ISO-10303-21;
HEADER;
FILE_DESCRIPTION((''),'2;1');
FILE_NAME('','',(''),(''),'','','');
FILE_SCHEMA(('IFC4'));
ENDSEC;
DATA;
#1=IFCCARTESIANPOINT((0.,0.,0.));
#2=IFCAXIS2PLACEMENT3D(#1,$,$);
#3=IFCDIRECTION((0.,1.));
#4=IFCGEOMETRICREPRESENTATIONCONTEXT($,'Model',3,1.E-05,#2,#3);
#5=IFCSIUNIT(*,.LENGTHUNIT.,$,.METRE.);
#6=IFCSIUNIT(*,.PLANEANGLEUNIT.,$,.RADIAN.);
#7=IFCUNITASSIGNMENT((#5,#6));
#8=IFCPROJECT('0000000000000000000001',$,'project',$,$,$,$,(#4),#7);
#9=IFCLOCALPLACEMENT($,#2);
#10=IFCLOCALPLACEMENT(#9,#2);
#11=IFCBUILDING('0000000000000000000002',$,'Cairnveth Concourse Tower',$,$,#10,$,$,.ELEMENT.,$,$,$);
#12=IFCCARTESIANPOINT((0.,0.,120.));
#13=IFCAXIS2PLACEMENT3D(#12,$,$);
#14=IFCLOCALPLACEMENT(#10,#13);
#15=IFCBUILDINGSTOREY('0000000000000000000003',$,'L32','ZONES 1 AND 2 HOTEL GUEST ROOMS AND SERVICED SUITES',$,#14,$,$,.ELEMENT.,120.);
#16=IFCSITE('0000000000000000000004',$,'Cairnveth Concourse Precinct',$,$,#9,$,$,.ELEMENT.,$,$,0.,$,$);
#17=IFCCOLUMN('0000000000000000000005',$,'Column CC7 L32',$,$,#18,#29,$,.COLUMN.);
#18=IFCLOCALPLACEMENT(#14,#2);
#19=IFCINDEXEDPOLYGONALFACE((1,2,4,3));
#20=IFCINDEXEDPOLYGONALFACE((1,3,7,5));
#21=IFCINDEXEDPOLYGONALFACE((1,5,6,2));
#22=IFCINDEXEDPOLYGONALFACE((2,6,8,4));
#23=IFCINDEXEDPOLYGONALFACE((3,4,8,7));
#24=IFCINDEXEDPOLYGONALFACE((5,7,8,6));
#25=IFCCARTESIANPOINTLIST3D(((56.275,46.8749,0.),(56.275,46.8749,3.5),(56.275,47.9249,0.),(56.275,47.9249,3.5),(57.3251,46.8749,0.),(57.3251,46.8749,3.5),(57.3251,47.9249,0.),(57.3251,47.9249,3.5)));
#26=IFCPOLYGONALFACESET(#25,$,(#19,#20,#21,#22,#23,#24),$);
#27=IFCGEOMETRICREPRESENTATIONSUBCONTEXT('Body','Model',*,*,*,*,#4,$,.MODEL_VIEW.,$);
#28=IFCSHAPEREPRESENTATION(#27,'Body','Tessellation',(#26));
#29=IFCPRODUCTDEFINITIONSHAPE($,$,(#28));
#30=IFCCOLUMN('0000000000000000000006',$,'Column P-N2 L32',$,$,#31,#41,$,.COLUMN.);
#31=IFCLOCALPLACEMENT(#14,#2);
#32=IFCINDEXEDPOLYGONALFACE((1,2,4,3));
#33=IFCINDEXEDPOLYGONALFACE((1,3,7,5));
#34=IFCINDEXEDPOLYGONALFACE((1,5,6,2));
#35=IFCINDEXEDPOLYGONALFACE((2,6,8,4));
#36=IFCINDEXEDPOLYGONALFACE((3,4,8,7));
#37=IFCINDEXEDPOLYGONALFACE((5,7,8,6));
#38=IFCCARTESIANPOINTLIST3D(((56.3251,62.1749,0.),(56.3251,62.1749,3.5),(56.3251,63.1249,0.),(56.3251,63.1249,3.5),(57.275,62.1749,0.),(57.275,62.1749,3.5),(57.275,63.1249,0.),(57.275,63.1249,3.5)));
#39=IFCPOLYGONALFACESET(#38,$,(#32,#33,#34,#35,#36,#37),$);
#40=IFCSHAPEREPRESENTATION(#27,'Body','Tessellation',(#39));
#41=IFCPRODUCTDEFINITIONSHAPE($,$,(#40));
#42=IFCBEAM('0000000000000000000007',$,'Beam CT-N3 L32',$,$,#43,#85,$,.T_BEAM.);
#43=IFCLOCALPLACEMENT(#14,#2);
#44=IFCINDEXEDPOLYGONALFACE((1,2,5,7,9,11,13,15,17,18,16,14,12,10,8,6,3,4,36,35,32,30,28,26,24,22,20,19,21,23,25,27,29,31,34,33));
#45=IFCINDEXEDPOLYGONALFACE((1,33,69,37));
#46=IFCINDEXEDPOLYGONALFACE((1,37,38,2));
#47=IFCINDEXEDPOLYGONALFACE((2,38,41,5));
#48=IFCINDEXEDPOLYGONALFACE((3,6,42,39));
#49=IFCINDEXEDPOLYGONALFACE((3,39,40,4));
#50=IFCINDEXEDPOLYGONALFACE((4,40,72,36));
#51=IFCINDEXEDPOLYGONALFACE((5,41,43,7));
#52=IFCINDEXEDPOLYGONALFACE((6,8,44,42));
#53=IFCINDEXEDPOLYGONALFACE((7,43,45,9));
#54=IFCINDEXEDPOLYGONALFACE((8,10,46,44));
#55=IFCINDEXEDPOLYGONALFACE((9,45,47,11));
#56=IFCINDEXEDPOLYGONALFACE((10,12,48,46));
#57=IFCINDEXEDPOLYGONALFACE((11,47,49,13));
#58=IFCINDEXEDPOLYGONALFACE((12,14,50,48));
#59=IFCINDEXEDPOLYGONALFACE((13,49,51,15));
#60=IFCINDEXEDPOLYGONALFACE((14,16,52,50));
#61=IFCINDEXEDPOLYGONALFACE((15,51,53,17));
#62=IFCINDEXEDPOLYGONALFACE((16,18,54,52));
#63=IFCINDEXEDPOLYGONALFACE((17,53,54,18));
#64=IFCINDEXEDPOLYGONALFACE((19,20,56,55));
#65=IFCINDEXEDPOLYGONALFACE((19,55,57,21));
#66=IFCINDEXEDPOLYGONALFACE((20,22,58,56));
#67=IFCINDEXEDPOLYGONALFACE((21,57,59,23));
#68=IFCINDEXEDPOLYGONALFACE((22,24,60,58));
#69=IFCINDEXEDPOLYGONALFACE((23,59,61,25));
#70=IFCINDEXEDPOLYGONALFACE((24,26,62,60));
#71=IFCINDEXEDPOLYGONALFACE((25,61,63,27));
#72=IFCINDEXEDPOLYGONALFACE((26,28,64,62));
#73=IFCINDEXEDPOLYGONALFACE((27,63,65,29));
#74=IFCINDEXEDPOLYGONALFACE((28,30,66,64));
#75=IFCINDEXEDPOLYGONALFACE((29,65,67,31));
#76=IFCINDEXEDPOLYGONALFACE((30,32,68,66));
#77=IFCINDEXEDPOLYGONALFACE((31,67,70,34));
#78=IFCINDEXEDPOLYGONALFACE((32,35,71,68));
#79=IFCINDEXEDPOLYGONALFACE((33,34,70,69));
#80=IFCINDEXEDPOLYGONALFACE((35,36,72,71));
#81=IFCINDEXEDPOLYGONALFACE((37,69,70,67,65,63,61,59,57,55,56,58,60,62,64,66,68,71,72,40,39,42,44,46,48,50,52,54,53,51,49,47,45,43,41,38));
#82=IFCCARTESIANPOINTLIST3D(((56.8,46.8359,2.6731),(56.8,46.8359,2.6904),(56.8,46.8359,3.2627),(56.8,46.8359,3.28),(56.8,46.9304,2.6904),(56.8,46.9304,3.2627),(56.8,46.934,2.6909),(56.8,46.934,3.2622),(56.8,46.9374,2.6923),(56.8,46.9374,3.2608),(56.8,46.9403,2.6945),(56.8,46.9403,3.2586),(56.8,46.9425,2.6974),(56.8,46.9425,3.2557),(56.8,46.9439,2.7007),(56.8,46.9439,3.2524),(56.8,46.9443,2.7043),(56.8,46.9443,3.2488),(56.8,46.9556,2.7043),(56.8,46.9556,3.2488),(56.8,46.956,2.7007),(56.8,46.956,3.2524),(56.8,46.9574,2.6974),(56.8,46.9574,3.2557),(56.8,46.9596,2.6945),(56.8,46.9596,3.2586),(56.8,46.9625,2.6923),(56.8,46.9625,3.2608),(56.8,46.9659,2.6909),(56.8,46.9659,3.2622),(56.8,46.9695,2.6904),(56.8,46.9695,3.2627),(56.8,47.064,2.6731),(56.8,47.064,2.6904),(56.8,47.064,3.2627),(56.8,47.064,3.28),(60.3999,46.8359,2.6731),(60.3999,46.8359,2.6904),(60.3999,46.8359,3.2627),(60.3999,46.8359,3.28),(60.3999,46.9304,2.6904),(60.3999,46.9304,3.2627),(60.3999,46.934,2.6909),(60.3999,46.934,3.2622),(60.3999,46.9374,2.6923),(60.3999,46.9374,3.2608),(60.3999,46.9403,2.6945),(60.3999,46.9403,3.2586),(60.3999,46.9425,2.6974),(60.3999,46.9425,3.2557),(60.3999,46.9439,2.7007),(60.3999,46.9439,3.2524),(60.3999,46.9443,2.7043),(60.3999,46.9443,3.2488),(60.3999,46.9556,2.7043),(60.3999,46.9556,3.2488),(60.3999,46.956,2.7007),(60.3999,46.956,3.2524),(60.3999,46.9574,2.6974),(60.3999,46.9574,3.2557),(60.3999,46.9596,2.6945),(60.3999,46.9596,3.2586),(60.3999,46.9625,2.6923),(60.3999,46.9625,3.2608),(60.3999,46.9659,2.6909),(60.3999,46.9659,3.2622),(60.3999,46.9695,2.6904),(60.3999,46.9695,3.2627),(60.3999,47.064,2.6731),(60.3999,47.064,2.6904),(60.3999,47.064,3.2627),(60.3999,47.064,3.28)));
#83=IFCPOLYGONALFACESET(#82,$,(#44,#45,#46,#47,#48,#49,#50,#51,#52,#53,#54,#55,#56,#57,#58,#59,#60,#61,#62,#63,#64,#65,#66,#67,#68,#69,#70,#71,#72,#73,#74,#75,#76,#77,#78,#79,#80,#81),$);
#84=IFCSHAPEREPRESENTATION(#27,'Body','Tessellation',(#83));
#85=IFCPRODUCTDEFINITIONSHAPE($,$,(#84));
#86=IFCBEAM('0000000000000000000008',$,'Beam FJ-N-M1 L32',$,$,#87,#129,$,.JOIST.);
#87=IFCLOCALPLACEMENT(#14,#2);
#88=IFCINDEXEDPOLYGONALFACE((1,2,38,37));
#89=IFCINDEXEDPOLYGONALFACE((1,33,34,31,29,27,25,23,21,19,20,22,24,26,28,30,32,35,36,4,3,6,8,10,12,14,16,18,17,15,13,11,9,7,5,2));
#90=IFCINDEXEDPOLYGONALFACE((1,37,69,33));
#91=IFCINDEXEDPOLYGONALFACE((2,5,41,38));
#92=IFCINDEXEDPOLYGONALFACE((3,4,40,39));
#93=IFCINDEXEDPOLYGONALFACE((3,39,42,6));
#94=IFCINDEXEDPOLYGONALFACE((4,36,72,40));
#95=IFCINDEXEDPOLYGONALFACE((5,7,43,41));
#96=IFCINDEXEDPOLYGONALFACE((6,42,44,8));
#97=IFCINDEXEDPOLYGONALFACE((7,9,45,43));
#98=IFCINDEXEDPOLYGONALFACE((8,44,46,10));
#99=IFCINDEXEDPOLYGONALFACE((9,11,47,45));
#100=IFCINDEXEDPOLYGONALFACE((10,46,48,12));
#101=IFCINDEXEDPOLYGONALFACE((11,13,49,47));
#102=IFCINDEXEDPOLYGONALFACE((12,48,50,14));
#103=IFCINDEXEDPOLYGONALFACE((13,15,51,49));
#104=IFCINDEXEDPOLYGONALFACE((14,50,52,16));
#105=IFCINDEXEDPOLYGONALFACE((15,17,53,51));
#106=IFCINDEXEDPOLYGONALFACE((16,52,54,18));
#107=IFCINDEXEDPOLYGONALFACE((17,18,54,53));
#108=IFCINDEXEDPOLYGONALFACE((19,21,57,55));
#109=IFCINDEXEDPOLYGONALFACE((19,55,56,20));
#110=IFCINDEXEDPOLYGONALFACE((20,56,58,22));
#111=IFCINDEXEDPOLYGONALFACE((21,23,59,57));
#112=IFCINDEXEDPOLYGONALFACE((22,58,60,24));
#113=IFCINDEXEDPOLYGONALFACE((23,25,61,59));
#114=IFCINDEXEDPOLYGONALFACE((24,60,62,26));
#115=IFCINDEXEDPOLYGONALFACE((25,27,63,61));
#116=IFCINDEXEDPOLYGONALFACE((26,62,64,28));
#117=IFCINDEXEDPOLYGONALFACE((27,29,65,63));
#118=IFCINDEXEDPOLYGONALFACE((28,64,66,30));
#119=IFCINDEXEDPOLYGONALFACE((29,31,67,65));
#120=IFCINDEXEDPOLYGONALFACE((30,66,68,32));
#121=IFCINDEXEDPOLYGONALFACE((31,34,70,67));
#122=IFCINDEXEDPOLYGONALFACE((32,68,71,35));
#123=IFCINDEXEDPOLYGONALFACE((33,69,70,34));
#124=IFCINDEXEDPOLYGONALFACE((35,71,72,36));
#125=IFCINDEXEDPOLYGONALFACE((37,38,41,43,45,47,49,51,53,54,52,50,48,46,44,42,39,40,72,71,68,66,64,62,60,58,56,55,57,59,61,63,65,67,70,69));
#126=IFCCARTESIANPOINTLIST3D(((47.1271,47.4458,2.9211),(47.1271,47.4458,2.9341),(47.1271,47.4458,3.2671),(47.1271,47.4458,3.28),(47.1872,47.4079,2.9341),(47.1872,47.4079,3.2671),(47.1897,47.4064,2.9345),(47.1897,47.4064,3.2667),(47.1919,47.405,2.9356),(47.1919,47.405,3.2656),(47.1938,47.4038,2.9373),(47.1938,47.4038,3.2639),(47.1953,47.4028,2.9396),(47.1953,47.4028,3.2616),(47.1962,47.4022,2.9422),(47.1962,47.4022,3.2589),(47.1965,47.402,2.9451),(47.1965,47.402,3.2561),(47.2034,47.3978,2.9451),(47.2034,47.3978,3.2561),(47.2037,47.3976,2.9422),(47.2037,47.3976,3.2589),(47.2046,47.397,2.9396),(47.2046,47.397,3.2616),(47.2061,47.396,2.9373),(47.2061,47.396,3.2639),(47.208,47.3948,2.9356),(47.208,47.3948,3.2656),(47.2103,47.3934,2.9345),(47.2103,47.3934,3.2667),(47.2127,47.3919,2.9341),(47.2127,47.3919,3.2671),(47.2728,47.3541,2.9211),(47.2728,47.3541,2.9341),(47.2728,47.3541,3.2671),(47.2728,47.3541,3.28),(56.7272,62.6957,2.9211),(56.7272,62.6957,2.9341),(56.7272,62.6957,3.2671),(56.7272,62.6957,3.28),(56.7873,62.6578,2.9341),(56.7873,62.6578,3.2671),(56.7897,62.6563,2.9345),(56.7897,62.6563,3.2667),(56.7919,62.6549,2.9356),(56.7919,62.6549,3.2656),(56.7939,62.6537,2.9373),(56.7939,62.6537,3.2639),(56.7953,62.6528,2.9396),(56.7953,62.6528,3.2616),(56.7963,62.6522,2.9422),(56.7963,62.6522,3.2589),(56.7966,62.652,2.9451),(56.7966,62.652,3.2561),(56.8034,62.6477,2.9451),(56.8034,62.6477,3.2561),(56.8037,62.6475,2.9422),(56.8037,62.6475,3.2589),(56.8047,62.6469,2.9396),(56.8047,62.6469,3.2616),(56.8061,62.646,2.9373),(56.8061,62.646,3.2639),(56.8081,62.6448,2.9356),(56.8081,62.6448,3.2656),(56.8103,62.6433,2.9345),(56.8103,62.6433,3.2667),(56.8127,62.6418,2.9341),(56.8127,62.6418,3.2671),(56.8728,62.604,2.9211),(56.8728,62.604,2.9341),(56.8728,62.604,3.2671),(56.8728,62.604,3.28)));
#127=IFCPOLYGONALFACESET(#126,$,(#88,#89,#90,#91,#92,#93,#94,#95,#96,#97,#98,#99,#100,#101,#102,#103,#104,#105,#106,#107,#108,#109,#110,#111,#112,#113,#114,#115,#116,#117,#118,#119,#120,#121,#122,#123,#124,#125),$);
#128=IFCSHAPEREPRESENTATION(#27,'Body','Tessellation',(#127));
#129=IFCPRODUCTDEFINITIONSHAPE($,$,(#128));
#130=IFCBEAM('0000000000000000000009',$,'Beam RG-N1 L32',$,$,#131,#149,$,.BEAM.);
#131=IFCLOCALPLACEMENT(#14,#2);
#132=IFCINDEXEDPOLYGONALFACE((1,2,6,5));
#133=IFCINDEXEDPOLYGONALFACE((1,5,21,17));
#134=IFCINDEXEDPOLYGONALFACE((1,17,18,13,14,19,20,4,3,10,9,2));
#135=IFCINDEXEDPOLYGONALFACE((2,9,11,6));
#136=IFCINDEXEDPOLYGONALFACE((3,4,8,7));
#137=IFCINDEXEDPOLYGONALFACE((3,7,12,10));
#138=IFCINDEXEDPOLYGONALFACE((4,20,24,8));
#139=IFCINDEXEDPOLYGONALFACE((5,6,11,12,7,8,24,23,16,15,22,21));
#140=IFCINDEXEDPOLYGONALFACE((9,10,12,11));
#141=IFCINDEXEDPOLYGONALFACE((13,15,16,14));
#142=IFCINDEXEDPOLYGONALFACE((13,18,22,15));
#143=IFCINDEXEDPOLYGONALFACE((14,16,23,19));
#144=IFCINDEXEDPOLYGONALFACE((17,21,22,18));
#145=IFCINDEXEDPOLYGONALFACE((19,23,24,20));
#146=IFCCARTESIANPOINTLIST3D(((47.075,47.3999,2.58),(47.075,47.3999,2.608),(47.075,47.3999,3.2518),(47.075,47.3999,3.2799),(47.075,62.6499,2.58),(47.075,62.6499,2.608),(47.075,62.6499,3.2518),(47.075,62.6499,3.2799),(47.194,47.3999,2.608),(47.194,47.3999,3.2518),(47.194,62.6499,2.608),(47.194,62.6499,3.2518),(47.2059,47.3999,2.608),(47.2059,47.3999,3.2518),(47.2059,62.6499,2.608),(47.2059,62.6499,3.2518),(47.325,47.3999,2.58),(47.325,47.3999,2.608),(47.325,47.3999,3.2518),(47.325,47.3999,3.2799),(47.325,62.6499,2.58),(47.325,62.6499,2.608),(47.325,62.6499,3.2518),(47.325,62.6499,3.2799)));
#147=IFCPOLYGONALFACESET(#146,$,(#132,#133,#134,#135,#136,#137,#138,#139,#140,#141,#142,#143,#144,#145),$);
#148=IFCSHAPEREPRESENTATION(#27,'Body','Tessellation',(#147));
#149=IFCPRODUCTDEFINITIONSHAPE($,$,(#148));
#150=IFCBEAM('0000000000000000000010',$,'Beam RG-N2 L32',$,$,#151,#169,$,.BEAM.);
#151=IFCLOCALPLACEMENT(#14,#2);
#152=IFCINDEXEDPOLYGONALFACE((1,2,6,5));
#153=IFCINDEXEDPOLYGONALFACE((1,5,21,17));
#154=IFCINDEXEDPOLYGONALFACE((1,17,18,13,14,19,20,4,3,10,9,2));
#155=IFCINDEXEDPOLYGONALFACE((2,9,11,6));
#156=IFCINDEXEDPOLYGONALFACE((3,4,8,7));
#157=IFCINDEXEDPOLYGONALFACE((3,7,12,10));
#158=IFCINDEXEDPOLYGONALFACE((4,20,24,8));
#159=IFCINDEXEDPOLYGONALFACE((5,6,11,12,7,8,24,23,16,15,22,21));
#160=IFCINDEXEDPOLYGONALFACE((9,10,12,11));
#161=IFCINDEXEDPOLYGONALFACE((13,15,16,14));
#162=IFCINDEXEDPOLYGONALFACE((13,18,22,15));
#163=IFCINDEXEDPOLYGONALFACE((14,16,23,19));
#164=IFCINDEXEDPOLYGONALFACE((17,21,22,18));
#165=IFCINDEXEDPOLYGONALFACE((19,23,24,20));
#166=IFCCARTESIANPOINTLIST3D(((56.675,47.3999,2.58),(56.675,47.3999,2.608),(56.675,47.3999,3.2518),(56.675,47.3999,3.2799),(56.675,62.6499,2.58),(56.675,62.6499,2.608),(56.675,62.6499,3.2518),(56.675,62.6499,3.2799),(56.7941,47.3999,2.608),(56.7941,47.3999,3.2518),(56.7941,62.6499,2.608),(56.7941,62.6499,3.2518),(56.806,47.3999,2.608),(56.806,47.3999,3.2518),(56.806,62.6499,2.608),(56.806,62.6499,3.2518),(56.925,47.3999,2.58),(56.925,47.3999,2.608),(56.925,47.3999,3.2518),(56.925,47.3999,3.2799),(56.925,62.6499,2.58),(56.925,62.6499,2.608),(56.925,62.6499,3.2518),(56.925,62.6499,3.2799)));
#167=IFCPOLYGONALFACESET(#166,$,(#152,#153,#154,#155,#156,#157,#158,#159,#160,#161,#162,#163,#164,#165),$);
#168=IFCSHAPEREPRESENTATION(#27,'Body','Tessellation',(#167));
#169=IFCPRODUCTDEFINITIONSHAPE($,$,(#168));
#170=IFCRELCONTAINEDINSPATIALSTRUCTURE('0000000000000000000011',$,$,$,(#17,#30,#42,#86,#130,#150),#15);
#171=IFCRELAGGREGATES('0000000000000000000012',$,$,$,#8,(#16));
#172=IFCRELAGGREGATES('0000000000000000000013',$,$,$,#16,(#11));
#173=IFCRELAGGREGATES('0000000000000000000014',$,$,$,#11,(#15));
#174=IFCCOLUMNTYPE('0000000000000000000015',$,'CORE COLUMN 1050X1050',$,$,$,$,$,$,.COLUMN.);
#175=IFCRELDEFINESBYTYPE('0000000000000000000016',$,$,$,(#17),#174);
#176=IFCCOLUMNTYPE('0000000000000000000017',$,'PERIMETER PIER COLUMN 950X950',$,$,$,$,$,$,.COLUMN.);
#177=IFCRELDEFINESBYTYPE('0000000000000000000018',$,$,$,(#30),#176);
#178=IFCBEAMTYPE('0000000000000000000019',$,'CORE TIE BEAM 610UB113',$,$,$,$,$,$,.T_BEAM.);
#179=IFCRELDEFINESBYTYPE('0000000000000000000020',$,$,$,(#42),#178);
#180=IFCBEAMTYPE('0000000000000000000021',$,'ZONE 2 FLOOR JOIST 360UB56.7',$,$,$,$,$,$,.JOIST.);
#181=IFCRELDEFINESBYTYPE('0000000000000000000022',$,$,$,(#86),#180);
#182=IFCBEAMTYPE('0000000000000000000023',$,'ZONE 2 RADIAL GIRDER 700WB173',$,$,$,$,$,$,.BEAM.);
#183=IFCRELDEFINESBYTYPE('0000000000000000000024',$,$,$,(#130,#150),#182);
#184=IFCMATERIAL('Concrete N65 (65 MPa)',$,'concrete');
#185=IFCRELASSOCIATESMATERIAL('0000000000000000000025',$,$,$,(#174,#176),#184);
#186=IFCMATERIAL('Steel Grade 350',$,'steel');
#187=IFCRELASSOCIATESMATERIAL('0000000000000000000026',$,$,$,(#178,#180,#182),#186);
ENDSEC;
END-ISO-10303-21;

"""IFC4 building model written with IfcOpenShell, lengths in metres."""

from ifc_helpers import new_model, si_unit, direction, frame, origin, origin_2d, place, context, subcontext, project, spatial, rectangle, i_section, extrude, material, material_profile, profile_set, type_object, element, save


model = new_model("IFC4")

# Units and contexts
model_context = context("Model", 3, precision=1e-05, world=origin(), true_north=direction((0.0, 1.0)))
body_context = subcontext(model_context, "Body", "Model", "MODEL_VIEW")
ifc_project = project(units=[si_unit("LENGTHUNIT", "METRE"), si_unit("PLANEANGLEUNIT", "RADIAN")], contexts=[model_context])

# Site, building, storey
site_placement = place(None, origin())
site = spatial("IfcSite", under=ifc_project, at=site_placement, Name="Cairnveth Concourse Precinct", CompositionType="ELEMENT", RefElevation=0.0)
building_placement = place(site_placement, origin())
building = spatial("IfcBuilding", under=site, at=building_placement, Name="Cairnveth Concourse Tower", CompositionType="ELEMENT")
storey_placement = place(building_placement, frame((0.0, 0.0, 120.0)))
storey = spatial("IfcBuildingStorey", under=building, at=storey_placement, Name="L32", Description="ZONES 1 AND 2 HOTEL GUEST ROOMS AND SERVICED SUITES", CompositionType="ELEMENT", Elevation=120.0)

# Columns
ifc_material_1 = material(Name="Concrete N65 (65 MPa)", Category="concrete")
ifc_material_profile_1 = material_profile(ifc_material_1, rectangle(XDim=1.05, YDim=1.05, at=origin_2d()), Name="RC-COL-1050x1050")
ifc_profile_set_1 = profile_set([ifc_material_profile_1], Name="Concrete N65 (65 MPa)")
column_type_1 = type_object("IfcColumnType", Name="CORE COLUMN 1050X1050", PredefinedType="COLUMN", material=ifc_profile_set_1)
column_1_placement = place(storey_placement, frame((56.8, 47.3999, 0.0), z_axis=(0.0, 0.0, 1.0), x_axis=(1.0, 0.0, 0.0)))
element("IfcColumn", 1, at=column_1_placement, inside=storey, type_object=column_type_1, Name="Column CC7 L32", PredefinedType="COLUMN", context=body_context, shape_type="SweptSolid", body=[
    extrude(rectangle(XDim=1.05, YDim=1.05, at=origin_2d()), origin(), (0.0, 0.0, 1.0), 3.5),
])
ifc_material_profile_2 = material_profile(ifc_material_1, rectangle(XDim=0.95, YDim=0.95, at=origin_2d()), Name="RC-COL-950x950")
ifc_profile_set_2 = profile_set([ifc_material_profile_2], Name="Concrete N65 (65 MPa)")
column_type_2 = type_object("IfcColumnType", Name="PERIMETER PIER COLUMN 950X950", PredefinedType="COLUMN", material=ifc_profile_set_2)
column_2_placement = place(storey_placement, frame((56.8, 62.6499, 0.0), z_axis=(0.0, 0.0, 1.0), x_axis=(1.0, 0.0, 0.0)))
element("IfcColumn", 2, at=column_2_placement, inside=storey, type_object=column_type_2, Name="Column P-N2 L32", PredefinedType="COLUMN", context=body_context, shape_type="SweptSolid", body=[
    extrude(rectangle(XDim=0.95, YDim=0.95, at=origin_2d()), origin(), (0.0, 0.0, 1.0), 3.5),
])

# Beams
ifc_material_2 = material(Name="Steel Grade 350", Category="steel")
ifc_material_profile_3 = material_profile(ifc_material_2, i_section(OverallWidth=0.228, OverallDepth=0.6069, WebThickness=0.0112, FlangeThickness=0.0173, FilletRadius=0.0139, at=origin_2d()), Name="610UB113")
ifc_profile_set_3 = profile_set([ifc_material_profile_3], Name="Steel Grade 350")
beam_type_1 = type_object("IfcBeamType", Name="CORE TIE BEAM 610UB113", PredefinedType="T_BEAM", material=ifc_profile_set_3)
beam_1_placement = place(storey_placement, frame((56.8, 46.95, 2.9766), z_axis=(1.0, 0.0, 0.0), x_axis=(0.0, 1.0, 0.0)))
element("IfcBeam", 3, at=beam_1_placement, inside=storey, type_object=beam_type_1, Name="Beam CT-N3 L32", PredefinedType="T_BEAM", context=body_context, shape_type="SweptSolid", body=[
    extrude(i_section(OverallWidth=0.228, OverallDepth=0.6069, WebThickness=0.0112, FlangeThickness=0.0173, FilletRadius=0.0139, at=origin_2d()), origin(), (0.0, 0.0, 1.0), 3.5999),
])
ifc_material_profile_4 = material_profile(ifc_material_2, i_section(OverallWidth=0.1721, OverallDepth=0.3589, WebThickness=0.0081, FlangeThickness=0.0129, FilletRadius=0.011, at=origin_2d()), Name="360UB56.7")
ifc_profile_set_4 = profile_set([ifc_material_profile_4], Name="Steel Grade 350")
beam_type_2 = type_object("IfcBeamType", Name="ZONE 2 FLOOR JOIST 360UB56.7", PredefinedType="JOIST", material=ifc_profile_set_4)
beam_2_placement = place(storey_placement, frame((47.2, 47.3999, 3.1006), z_axis=(0.532744, 0.846277, 0.0), x_axis=(-0.846277, 0.532744, 0.0)))
element("IfcBeam", 4, at=beam_2_placement, inside=storey, type_object=beam_type_2, Name="Beam FJ-N-M1 L32", PredefinedType="JOIST", context=body_context, shape_type="SweptSolid", body=[
    extrude(i_section(OverallWidth=0.1721, OverallDepth=0.3589, WebThickness=0.0081, FlangeThickness=0.0129, FilletRadius=0.011, at=origin_2d()), origin(), (0.0, 0.0, 1.0), 18.02),
])
ifc_material_profile_5 = material_profile(ifc_material_2, i_section(OverallWidth=0.25, OverallDepth=0.7, WebThickness=0.012, FlangeThickness=0.0281, at=origin_2d()), Name="700WB173")
ifc_profile_set_5 = profile_set([ifc_material_profile_5], Name="Steel Grade 350")
beam_type_3 = type_object("IfcBeamType", Name="ZONE 2 RADIAL GIRDER 700WB173", PredefinedType="BEAM", material=ifc_profile_set_5)
for number, where, z_axis, x_axis, name in (
    (5, (47.2, 47.3999, 2.9299), (0.0, 1.0, 0.0), (-1.0, 0.0, 0.0), "Beam RG-N1 L32"),
    (6, (56.8, 47.3999, 2.9299), (0.0, 1.0, 0.0), (-1.0, 0.0, 0.0), "Beam RG-N2 L32"),
):
    element("IfcBeam", number, at=place(storey_placement, frame(where, z_axis=z_axis, x_axis=x_axis)), inside=storey, type_object=beam_type_3, Name=name, PredefinedType="BEAM", context=body_context, shape_type="SweptSolid", body=[
        extrude(i_section(OverallWidth=0.25, OverallDepth=0.7, WebThickness=0.012, FlangeThickness=0.0281, at=origin_2d()), origin(), (0.0, 0.0, 1.0), 15.25),
    ])

save(model, "model.ifc")
